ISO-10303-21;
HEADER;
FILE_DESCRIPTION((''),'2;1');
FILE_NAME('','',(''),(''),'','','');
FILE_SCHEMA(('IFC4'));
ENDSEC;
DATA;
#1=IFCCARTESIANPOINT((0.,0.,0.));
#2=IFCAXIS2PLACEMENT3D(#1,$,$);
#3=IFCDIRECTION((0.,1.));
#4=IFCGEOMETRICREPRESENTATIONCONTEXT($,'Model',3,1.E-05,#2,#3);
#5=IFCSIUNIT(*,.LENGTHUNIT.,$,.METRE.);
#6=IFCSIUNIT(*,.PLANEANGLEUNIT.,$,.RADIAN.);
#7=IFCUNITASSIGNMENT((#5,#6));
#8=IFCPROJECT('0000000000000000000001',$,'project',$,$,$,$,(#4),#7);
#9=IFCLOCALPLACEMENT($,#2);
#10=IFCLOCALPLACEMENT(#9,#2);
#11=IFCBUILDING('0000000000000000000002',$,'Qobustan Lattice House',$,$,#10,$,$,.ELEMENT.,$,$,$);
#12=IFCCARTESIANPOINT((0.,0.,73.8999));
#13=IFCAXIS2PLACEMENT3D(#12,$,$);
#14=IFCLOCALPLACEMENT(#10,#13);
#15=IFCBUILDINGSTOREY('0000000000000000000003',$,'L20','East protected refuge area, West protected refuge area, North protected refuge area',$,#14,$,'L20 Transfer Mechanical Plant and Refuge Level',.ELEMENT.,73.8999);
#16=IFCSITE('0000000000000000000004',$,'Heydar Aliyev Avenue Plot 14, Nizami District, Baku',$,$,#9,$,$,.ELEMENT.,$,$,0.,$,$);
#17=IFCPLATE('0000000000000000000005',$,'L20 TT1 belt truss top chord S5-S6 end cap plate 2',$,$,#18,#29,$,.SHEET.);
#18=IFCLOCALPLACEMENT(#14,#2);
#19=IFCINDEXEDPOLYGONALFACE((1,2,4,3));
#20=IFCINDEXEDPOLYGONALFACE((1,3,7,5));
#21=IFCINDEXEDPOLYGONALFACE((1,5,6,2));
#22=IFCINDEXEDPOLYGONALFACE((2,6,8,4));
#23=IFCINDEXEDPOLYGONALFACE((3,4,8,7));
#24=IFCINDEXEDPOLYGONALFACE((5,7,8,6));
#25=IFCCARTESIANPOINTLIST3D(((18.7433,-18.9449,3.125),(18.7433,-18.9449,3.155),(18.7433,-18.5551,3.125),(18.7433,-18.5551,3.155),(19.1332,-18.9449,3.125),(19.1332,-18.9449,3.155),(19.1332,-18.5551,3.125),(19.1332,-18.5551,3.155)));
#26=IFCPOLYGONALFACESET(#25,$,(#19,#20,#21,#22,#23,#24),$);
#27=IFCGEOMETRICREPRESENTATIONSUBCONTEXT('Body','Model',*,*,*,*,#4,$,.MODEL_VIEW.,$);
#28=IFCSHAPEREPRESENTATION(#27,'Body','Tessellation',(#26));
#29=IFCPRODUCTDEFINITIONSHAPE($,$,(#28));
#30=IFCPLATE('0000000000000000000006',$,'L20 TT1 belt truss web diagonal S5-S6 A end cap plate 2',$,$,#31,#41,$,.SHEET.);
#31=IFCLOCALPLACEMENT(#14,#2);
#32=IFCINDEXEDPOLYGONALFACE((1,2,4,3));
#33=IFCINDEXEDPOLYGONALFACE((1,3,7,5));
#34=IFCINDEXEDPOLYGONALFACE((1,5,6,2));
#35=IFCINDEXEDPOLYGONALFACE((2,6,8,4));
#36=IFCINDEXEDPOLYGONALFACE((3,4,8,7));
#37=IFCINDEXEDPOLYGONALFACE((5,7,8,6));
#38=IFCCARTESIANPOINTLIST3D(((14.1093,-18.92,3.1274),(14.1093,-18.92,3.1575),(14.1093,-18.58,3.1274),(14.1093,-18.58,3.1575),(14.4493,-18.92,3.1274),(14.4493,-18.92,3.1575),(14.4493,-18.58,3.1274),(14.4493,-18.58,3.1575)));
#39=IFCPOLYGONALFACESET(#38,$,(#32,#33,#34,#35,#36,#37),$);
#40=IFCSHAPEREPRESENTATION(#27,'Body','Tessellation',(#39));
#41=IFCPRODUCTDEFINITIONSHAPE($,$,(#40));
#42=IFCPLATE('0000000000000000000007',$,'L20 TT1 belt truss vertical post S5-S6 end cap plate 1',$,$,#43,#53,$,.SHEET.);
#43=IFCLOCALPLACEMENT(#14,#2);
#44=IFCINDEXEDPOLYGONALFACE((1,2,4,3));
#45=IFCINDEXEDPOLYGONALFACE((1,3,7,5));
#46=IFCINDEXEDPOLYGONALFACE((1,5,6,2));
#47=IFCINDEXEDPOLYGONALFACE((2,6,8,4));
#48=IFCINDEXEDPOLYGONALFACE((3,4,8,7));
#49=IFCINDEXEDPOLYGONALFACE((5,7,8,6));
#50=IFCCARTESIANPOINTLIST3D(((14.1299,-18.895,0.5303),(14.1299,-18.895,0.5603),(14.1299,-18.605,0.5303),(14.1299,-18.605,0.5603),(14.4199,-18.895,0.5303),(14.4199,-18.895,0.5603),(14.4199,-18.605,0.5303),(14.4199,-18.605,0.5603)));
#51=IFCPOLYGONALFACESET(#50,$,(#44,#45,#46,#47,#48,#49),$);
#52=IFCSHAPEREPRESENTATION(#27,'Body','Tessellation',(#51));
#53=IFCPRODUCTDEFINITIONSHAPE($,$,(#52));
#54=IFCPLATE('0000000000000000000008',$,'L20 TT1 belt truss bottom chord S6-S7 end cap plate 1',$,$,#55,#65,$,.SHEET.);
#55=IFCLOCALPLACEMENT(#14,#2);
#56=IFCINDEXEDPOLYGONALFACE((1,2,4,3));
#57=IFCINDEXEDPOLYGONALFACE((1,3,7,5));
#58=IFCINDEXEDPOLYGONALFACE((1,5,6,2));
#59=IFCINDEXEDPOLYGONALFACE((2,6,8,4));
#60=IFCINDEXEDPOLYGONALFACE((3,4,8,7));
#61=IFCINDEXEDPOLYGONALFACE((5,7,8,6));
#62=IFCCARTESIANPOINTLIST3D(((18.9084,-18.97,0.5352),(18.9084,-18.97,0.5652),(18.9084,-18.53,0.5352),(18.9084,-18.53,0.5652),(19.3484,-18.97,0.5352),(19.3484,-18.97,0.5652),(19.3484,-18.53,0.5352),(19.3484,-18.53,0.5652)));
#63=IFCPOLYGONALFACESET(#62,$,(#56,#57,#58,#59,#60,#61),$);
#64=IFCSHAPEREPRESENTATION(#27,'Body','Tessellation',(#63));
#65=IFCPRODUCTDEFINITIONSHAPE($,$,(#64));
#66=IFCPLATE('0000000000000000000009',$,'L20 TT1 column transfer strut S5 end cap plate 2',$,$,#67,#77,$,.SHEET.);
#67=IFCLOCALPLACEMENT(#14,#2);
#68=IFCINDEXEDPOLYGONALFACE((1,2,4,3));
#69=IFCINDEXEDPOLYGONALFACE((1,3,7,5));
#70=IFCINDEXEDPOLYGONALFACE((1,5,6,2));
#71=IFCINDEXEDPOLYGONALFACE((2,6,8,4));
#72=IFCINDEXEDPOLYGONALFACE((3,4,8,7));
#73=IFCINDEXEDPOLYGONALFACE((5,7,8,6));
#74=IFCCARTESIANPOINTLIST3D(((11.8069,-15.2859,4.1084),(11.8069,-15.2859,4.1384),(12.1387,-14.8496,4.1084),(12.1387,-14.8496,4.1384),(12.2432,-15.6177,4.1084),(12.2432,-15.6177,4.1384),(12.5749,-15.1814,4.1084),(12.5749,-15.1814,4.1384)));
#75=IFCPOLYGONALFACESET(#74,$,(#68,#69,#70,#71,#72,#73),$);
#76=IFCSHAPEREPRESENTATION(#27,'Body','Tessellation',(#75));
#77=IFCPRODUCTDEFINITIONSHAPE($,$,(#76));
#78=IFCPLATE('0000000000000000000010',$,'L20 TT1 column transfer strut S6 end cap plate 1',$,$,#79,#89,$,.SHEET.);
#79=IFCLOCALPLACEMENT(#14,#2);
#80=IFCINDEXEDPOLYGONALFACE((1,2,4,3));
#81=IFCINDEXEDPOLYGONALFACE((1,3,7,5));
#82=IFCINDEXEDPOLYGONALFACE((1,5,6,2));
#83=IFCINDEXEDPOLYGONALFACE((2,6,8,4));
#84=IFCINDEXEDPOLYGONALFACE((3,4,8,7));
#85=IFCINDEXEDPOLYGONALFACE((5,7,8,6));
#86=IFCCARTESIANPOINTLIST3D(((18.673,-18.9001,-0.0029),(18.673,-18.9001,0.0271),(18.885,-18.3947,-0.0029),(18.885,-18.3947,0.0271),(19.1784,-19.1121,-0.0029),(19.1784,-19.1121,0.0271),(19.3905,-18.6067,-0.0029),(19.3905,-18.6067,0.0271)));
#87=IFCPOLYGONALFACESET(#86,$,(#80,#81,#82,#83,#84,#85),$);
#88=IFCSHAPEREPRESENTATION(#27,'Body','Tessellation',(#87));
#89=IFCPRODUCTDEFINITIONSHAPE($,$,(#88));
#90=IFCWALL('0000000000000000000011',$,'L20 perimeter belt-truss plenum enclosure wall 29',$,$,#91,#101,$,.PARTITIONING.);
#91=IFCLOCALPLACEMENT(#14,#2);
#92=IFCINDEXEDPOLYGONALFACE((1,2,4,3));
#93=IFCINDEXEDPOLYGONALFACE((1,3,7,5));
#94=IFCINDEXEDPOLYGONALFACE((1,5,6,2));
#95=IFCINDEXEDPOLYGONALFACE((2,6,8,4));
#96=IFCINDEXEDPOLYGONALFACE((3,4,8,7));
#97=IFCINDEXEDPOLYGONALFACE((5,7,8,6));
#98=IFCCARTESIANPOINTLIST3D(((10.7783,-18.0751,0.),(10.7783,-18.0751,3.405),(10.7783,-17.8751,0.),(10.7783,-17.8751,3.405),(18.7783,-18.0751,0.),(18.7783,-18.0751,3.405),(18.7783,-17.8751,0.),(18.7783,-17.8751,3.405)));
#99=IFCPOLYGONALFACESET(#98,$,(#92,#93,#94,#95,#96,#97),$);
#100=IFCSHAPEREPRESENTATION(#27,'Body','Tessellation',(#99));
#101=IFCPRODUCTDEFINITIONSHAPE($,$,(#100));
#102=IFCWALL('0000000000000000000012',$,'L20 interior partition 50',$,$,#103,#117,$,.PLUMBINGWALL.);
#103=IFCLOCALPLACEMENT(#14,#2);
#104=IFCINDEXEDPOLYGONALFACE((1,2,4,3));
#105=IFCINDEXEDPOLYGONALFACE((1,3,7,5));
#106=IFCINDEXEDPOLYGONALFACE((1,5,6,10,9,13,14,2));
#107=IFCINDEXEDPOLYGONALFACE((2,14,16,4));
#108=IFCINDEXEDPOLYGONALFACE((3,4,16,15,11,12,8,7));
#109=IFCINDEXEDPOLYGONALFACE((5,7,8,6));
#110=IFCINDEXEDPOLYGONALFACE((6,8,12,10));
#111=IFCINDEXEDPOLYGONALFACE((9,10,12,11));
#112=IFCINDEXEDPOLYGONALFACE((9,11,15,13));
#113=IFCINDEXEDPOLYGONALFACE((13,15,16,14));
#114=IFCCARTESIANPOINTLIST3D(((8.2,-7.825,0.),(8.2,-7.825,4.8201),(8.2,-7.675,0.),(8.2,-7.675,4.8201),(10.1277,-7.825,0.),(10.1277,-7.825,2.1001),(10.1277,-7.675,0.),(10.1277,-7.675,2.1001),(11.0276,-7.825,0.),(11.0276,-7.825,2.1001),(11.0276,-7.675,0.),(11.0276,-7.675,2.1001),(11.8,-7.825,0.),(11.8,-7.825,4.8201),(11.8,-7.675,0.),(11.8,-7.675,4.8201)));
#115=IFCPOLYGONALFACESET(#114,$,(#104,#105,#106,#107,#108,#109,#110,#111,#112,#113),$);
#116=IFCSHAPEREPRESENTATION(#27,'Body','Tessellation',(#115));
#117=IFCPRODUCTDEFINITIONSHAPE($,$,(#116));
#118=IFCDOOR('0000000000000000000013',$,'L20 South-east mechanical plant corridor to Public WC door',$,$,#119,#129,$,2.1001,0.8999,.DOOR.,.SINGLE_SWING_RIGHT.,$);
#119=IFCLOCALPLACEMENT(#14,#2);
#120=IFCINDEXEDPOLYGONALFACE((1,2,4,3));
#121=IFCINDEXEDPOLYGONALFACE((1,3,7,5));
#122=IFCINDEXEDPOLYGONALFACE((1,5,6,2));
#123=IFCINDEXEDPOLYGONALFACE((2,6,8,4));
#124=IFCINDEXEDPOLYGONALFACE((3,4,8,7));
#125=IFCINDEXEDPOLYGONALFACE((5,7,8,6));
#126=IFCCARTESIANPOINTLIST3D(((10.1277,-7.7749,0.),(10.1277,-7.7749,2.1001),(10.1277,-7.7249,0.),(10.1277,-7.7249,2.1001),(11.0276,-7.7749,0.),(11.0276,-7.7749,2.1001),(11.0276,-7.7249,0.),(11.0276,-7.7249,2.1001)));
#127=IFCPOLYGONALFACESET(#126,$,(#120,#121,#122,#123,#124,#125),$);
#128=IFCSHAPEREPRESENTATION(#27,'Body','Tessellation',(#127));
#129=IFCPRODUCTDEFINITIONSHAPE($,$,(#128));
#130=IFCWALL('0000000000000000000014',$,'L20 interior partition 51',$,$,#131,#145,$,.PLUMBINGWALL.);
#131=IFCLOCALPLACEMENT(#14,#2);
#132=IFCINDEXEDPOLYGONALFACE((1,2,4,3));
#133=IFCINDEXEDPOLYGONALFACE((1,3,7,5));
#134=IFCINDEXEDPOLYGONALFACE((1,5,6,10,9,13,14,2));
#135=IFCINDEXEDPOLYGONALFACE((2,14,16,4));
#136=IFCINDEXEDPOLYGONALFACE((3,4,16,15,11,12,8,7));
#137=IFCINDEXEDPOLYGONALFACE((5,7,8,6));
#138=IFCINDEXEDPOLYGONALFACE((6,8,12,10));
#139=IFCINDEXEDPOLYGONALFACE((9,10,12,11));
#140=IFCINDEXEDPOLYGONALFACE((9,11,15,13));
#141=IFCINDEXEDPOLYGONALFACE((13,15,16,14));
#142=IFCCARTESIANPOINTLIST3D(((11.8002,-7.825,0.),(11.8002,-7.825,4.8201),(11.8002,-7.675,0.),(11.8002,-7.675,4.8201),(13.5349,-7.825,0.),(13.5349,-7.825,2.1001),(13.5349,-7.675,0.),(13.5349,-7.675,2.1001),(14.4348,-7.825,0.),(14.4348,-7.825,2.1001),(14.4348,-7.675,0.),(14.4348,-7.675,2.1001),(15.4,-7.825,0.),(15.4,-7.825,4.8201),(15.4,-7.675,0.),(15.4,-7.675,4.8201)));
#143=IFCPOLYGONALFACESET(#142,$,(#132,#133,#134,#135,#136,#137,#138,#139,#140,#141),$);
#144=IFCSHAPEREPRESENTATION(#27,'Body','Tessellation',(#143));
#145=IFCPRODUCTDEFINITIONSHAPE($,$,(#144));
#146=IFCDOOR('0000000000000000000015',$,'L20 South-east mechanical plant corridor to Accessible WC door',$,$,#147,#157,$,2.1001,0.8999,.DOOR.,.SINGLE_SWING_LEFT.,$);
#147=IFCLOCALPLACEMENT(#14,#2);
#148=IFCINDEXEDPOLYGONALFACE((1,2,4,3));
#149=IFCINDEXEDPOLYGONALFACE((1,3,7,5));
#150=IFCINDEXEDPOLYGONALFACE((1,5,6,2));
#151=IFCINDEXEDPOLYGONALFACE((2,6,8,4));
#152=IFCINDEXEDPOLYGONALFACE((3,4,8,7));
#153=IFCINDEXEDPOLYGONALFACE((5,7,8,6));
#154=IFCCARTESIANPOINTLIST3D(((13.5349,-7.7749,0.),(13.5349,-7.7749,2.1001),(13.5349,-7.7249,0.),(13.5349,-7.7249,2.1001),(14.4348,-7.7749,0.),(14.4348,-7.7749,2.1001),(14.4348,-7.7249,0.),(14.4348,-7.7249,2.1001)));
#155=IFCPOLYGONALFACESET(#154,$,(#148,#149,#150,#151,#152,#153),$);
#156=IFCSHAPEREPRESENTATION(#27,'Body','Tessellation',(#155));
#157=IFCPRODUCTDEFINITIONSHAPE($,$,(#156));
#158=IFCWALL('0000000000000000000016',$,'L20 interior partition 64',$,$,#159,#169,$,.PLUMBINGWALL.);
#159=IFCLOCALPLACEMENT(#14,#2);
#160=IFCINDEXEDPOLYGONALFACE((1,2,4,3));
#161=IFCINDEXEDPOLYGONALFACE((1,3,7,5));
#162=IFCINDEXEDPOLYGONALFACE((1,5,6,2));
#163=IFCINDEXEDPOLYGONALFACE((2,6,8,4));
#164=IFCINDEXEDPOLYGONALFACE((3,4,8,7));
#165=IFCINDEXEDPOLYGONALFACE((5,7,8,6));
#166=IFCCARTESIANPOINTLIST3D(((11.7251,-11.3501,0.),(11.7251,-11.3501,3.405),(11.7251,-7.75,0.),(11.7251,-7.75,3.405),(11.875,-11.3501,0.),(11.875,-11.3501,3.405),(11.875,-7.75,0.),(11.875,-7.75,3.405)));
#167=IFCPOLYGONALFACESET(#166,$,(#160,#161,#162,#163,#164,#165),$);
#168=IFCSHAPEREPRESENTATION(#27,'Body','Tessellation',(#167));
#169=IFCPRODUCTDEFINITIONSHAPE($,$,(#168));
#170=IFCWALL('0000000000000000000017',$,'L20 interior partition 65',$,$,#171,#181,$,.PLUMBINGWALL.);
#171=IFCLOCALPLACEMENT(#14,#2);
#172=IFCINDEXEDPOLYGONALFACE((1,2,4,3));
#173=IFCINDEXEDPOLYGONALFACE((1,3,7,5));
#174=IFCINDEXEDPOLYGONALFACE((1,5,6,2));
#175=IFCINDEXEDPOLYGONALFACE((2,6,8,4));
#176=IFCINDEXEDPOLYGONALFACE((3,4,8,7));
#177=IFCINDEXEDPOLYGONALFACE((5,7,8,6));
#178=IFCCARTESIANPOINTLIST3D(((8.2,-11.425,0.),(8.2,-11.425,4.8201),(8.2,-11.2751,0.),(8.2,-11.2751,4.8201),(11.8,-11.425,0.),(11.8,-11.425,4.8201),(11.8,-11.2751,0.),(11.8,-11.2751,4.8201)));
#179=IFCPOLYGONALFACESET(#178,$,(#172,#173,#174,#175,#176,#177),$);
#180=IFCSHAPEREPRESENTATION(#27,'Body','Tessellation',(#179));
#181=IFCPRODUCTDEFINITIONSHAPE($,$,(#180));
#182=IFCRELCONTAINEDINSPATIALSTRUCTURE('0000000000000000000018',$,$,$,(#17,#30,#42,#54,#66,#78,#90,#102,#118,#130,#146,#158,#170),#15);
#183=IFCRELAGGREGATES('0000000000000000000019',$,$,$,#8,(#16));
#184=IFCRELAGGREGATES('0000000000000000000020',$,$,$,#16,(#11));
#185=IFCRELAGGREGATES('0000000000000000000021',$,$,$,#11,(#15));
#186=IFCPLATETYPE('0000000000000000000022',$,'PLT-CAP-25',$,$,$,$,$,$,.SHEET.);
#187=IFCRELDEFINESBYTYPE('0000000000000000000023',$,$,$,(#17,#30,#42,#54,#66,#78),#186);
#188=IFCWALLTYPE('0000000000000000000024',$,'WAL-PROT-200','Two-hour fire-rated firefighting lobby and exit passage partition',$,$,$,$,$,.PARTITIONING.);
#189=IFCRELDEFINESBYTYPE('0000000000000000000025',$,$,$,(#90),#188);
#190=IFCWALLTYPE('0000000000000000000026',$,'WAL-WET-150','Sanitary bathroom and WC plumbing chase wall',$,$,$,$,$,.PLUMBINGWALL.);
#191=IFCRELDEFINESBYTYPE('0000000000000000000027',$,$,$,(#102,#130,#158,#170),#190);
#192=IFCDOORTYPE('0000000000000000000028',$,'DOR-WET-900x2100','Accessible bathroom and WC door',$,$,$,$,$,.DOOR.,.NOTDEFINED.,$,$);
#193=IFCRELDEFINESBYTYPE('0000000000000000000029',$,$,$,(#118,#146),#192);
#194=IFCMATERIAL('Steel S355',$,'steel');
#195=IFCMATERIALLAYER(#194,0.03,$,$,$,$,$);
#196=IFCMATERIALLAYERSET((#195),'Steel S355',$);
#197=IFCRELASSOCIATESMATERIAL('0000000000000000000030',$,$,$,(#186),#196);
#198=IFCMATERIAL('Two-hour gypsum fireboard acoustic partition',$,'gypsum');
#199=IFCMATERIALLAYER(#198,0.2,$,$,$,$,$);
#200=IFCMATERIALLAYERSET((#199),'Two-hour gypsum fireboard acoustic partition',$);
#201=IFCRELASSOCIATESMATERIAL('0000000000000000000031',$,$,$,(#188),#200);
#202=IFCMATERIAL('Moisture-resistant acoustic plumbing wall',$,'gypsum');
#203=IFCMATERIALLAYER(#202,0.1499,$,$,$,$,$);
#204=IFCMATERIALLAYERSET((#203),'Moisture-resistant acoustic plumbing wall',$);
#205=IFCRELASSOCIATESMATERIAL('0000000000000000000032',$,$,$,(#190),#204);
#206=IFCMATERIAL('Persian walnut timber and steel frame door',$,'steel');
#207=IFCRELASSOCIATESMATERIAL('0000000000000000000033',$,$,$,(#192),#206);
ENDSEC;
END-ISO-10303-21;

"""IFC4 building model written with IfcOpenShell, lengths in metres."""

from ifc_helpers import new_model, si_unit, direction, frame, frame_2d, origin, origin_2d, place, context, subcontext, project, spatial, rectangle, extrude, material, layer, layer_set, type_object, element, fill, save


model = new_model("IFC4")

# Units and contexts
model_context = context("Model", 3, precision=1e-05, world=origin(), true_north=direction((0.0, 1.0)))
body_context = subcontext(model_context, "Body", "Model", "MODEL_VIEW")
ifc_project = project(units=[si_unit("LENGTHUNIT", "METRE"), si_unit("PLANEANGLEUNIT", "RADIAN")], contexts=[model_context])

# Site, building, storey
site_placement = place(None, origin())
site = spatial("IfcSite", under=ifc_project, at=site_placement, Name="Heydar Aliyev Avenue Plot 14, Nizami District, Baku", CompositionType="ELEMENT", RefElevation=0.0)
building_placement = place(site_placement, origin())
building = spatial("IfcBuilding", under=site, at=building_placement, Name="Qobustan Lattice House", CompositionType="ELEMENT")
storey_placement = place(building_placement, frame((0.0, 0.0, 73.8999)))
storey = spatial("IfcBuildingStorey", under=building, at=storey_placement, Name="L20", Description="East protected refuge area, West protected refuge area, North protected refuge area", LongName="L20 Transfer Mechanical Plant and Refuge Level", CompositionType="ELEMENT", Elevation=73.8999)

# Plates
ifc_material_1 = material(Name="Steel S355", Category="steel")
ifc_layer_1 = layer(ifc_material_1, 0.03)
ifc_layer_set_1 = layer_set([ifc_layer_1], Name="Steel S355")
plate_type = type_object("IfcPlateType", Name="PLT-CAP-25", PredefinedType="SHEET", material=ifc_layer_set_1)
plate_1_placement = place(storey_placement, frame((18.9382, -18.75, 3.125), z_axis=(0.0, 0.0, 1.0), x_axis=(1.0, 0.0, 0.0)))
element("IfcPlate", 1, at=plate_1_placement, inside=storey, type_object=plate_type, Name="L20 TT1 belt truss top chord S5-S6 end cap plate 2", PredefinedType="SHEET", context=body_context, shape_type="SweptSolid", body=[
    extrude(rectangle(XDim=0.3899, YDim=0.3899, at=origin_2d()), origin(), (0.0, 0.0, 1.0), 0.03),
])
plate_2_placement = place(storey_placement, frame((14.2793, -18.75, 3.1274), z_axis=(0.0, 0.0, 1.0), x_axis=(1.0, 0.0, 0.0)))
element("IfcPlate", 2, at=plate_2_placement, inside=storey, type_object=plate_type, Name="L20 TT1 belt truss web diagonal S5-S6 A end cap plate 2", PredefinedType="SHEET", context=body_context, shape_type="SweptSolid", body=[
    extrude(rectangle(XDim=0.3401, YDim=0.3401, at=origin_2d()), origin(), (0.0, 0.0, 1.0), 0.03),
])
plate_3_placement = place(storey_placement, frame((14.2749, -18.75, 0.5303), z_axis=(0.0, 0.0, 1.0), x_axis=(1.0, 0.0, 0.0)))
element("IfcPlate", 3, at=plate_3_placement, inside=storey, type_object=plate_type, Name="L20 TT1 belt truss vertical post S5-S6 end cap plate 1", PredefinedType="SHEET", context=body_context, shape_type="SweptSolid", body=[
    extrude(rectangle(XDim=0.29, YDim=0.29, at=origin_2d()), origin(), (0.0, 0.0, 1.0), 0.03),
])
plate_4_placement = place(storey_placement, frame((19.1284, -18.75, 0.5352), z_axis=(0.0, 0.0, 1.0), x_axis=(1.0, 0.0, 0.0)))
element("IfcPlate", 4, at=plate_4_placement, inside=storey, type_object=plate_type, Name="L20 TT1 belt truss bottom chord S6-S7 end cap plate 1", PredefinedType="SHEET", context=body_context, shape_type="SweptSolid", body=[
    extrude(rectangle(XDim=0.4399, YDim=0.4399, at=origin_2d()), origin(), (0.0, 0.0, 1.0), 0.03),
])
for number, where, z_axis, x_axis, name in (
    (5, (12.1909, -15.2336, 4.1084), (0.0, 0.0, 1.0), (0.60535, 0.79596, 0.0), "L20 TT1 column transfer strut S5 end cap plate 2"),
    (6, (19.0317, -18.7534, -0.0029), (0.0, 0.0, 1.0), (0.38684, 0.922147, 0.0), "L20 TT1 column transfer strut S6 end cap plate 1"),
):
    element("IfcPlate", number, at=place(storey_placement, frame(where, z_axis=z_axis, x_axis=x_axis)), inside=storey, type_object=plate_type, Name=name, PredefinedType="SHEET", context=body_context, shape_type="SweptSolid", body=[
        extrude(rectangle(XDim=0.5481, YDim=0.5481, at=origin_2d()), origin(), (0.0, 0.0, 1.0), 0.03),
    ])

# Wall
ifc_material_2 = material(Name="Two-hour gypsum fireboard acoustic partition", Category="gypsum")
ifc_layer_2 = layer(ifc_material_2, 0.2)
ifc_layer_set_2 = layer_set([ifc_layer_2], Name="Two-hour gypsum fireboard acoustic partition")
wall_type_1 = type_object("IfcWallType", Name="WAL-PROT-200", Description="Two-hour fire-rated firefighting lobby and exit passage partition", PredefinedType="PARTITIONING", material=ifc_layer_set_2)
wall_1_placement = place(storey_placement, frame((18.7783, -17.9751, 0.0), z_axis=(0.0, 0.0, 1.0), x_axis=(-1.0, 0.0, 0.0)))
element("IfcWall", 7, at=wall_1_placement, inside=storey, type_object=wall_type_1, Name="L20 perimeter belt-truss plenum enclosure wall 29", PredefinedType="PARTITIONING", context=body_context, shape_type="SweptSolid", body=[
    extrude(rectangle(XDim=8.0, YDim=0.2, at=frame_2d((4.0, 0.0))), origin(), (0.0, 0.0, 1.0), 3.405),
])

# Walls, openings, doors
ifc_material_3 = material(Name="Moisture-resistant acoustic plumbing wall", Category="gypsum")
ifc_layer_3 = layer(ifc_material_3, 0.1499)
ifc_layer_set_3 = layer_set([ifc_layer_3], Name="Moisture-resistant acoustic plumbing wall")
wall_type_2 = type_object("IfcWallType", Name="WAL-WET-150", Description="Sanitary bathroom and WC plumbing chase wall", PredefinedType="PLUMBINGWALL", material=ifc_layer_set_3)
wall_2_placement = place(storey_placement, frame((11.8, -7.75, 0.0), z_axis=(0.0, 0.0, 1.0), x_axis=(-1.0, 0.0, 0.0)))
wall_2 = element("IfcWall", 8, at=wall_2_placement, inside=storey, type_object=wall_type_2, Name="L20 interior partition 50", PredefinedType="PLUMBINGWALL", context=body_context, shape_type="SweptSolid", body=[
    extrude(rectangle(XDim=3.6001, YDim=0.1499, at=frame_2d((1.8, 0.0))), origin(), (0.0, 0.0, 1.0), 4.8201),
])
opening_1_placement = place(wall_2_placement, frame((0.7725, 0.0, 0.0)))
opening_1 = element("IfcOpeningElement", 9, at=opening_1_placement, cuts=wall_2, PredefinedType="OPENING", context=body_context, shape_type="SweptSolid", body=[
    extrude(rectangle(XDim=0.8999, YDim=2.1001, at=frame_2d((0.45, 1.05))), frame((0.0, 0.085, 0.0), z_axis=(0.0, -1.0, 0.0), x_axis=(1.0, 0.0, 0.0)), (0.0, 0.0, 1.0), 0.1699),
])
ifc_material_4 = material(Name="Persian walnut timber and steel frame door", Category="steel")
door_type = type_object("IfcDoorType", Name="DOR-WET-900x2100", Description="Accessible bathroom and WC door", OperationType="NOTDEFINED", PredefinedType="DOOR", material=ifc_material_4)
door_1_placement = place(opening_1_placement, origin())
door_1 = element("IfcDoor", 10, at=door_1_placement, inside=storey, type_object=door_type, Name="L20 South-east mechanical plant corridor to Public WC door", OperationType="SINGLE_SWING_RIGHT", OverallHeight=2.1001, OverallWidth=0.8999, PredefinedType="DOOR", context=body_context, shape_type="SweptSolid", body=[
    extrude(rectangle(XDim=0.8999, YDim=2.1001, at=frame_2d((0.45, 1.05))), frame((0.0, 0.0249, 0.0), z_axis=(0.0, -1.0, 0.0), x_axis=(1.0, 0.0, 0.0)), (0.0, 0.0, 1.0), 0.05),
])
fill(opening_1, door_1)
wall_3_placement = place(storey_placement, frame((15.3999, -7.75, 0.0), z_axis=(0.0, 0.0, 1.0), x_axis=(-1.0, 0.0, 0.0)))
wall_3 = element("IfcWall", 11, at=wall_3_placement, inside=storey, type_object=wall_type_2, Name="L20 interior partition 51", PredefinedType="PLUMBINGWALL", context=body_context, shape_type="SweptSolid", body=[
    extrude(rectangle(XDim=3.5999, YDim=0.1499, at=frame_2d((1.7998, 0.0))), origin(), (0.0, 0.0, 1.0), 4.8201),
])
opening_2_placement = place(wall_3_placement, frame((0.9651, 0.0, 0.0)))
opening_2 = element("IfcOpeningElement", 12, at=opening_2_placement, cuts=wall_3, PredefinedType="OPENING", context=body_context, shape_type="SweptSolid", body=[
    extrude(rectangle(XDim=0.8999, YDim=2.1001, at=frame_2d((0.45, 1.05))), frame((0.0, 0.085, 0.0), z_axis=(0.0, -1.0, 0.0), x_axis=(1.0, 0.0, 0.0)), (0.0, 0.0, 1.0), 0.1699),
])
door_2_placement = place(opening_2_placement, origin())
door_2 = element("IfcDoor", 13, at=door_2_placement, inside=storey, type_object=door_type, Name="L20 South-east mechanical plant corridor to Accessible WC door", OperationType="SINGLE_SWING_LEFT", OverallHeight=2.1001, OverallWidth=0.8999, PredefinedType="DOOR", context=body_context, shape_type="SweptSolid", body=[
    extrude(rectangle(XDim=0.8999, YDim=2.1001, at=frame_2d((0.45, 1.05))), frame((0.0, 0.0249, 0.0), z_axis=(0.0, -1.0, 0.0), x_axis=(1.0, 0.0, 0.0)), (0.0, 0.0, 1.0), 0.05),
])
fill(opening_2, door_2)

# Walls
wall_4_placement = place(storey_placement, frame((11.8, -7.75, 0.0), z_axis=(0.0, 0.0, 1.0), x_axis=(0.0, -1.0, 0.0)))
element("IfcWall", 14, at=wall_4_placement, inside=storey, type_object=wall_type_2, Name="L20 interior partition 64", PredefinedType="PLUMBINGWALL", context=body_context, shape_type="SweptSolid", body=[
    extrude(rectangle(XDim=3.6001, YDim=0.1499, at=frame_2d((1.8, 0.0))), origin(), (0.0, 0.0, 1.0), 3.405),
])
wall_5_placement = place(storey_placement, frame((11.8, -11.3501, 0.0), z_axis=(0.0, 0.0, 1.0), x_axis=(-1.0, 0.0, 0.0)))
element("IfcWall", 15, at=wall_5_placement, inside=storey, type_object=wall_type_2, Name="L20 interior partition 65", PredefinedType="PLUMBINGWALL", context=body_context, shape_type="SweptSolid", body=[
    extrude(rectangle(XDim=3.6001, YDim=0.1499, at=frame_2d((1.8, 0.0))), origin(), (0.0, 0.0, 1.0), 4.8201),
])

save(model, "model.ifc")
